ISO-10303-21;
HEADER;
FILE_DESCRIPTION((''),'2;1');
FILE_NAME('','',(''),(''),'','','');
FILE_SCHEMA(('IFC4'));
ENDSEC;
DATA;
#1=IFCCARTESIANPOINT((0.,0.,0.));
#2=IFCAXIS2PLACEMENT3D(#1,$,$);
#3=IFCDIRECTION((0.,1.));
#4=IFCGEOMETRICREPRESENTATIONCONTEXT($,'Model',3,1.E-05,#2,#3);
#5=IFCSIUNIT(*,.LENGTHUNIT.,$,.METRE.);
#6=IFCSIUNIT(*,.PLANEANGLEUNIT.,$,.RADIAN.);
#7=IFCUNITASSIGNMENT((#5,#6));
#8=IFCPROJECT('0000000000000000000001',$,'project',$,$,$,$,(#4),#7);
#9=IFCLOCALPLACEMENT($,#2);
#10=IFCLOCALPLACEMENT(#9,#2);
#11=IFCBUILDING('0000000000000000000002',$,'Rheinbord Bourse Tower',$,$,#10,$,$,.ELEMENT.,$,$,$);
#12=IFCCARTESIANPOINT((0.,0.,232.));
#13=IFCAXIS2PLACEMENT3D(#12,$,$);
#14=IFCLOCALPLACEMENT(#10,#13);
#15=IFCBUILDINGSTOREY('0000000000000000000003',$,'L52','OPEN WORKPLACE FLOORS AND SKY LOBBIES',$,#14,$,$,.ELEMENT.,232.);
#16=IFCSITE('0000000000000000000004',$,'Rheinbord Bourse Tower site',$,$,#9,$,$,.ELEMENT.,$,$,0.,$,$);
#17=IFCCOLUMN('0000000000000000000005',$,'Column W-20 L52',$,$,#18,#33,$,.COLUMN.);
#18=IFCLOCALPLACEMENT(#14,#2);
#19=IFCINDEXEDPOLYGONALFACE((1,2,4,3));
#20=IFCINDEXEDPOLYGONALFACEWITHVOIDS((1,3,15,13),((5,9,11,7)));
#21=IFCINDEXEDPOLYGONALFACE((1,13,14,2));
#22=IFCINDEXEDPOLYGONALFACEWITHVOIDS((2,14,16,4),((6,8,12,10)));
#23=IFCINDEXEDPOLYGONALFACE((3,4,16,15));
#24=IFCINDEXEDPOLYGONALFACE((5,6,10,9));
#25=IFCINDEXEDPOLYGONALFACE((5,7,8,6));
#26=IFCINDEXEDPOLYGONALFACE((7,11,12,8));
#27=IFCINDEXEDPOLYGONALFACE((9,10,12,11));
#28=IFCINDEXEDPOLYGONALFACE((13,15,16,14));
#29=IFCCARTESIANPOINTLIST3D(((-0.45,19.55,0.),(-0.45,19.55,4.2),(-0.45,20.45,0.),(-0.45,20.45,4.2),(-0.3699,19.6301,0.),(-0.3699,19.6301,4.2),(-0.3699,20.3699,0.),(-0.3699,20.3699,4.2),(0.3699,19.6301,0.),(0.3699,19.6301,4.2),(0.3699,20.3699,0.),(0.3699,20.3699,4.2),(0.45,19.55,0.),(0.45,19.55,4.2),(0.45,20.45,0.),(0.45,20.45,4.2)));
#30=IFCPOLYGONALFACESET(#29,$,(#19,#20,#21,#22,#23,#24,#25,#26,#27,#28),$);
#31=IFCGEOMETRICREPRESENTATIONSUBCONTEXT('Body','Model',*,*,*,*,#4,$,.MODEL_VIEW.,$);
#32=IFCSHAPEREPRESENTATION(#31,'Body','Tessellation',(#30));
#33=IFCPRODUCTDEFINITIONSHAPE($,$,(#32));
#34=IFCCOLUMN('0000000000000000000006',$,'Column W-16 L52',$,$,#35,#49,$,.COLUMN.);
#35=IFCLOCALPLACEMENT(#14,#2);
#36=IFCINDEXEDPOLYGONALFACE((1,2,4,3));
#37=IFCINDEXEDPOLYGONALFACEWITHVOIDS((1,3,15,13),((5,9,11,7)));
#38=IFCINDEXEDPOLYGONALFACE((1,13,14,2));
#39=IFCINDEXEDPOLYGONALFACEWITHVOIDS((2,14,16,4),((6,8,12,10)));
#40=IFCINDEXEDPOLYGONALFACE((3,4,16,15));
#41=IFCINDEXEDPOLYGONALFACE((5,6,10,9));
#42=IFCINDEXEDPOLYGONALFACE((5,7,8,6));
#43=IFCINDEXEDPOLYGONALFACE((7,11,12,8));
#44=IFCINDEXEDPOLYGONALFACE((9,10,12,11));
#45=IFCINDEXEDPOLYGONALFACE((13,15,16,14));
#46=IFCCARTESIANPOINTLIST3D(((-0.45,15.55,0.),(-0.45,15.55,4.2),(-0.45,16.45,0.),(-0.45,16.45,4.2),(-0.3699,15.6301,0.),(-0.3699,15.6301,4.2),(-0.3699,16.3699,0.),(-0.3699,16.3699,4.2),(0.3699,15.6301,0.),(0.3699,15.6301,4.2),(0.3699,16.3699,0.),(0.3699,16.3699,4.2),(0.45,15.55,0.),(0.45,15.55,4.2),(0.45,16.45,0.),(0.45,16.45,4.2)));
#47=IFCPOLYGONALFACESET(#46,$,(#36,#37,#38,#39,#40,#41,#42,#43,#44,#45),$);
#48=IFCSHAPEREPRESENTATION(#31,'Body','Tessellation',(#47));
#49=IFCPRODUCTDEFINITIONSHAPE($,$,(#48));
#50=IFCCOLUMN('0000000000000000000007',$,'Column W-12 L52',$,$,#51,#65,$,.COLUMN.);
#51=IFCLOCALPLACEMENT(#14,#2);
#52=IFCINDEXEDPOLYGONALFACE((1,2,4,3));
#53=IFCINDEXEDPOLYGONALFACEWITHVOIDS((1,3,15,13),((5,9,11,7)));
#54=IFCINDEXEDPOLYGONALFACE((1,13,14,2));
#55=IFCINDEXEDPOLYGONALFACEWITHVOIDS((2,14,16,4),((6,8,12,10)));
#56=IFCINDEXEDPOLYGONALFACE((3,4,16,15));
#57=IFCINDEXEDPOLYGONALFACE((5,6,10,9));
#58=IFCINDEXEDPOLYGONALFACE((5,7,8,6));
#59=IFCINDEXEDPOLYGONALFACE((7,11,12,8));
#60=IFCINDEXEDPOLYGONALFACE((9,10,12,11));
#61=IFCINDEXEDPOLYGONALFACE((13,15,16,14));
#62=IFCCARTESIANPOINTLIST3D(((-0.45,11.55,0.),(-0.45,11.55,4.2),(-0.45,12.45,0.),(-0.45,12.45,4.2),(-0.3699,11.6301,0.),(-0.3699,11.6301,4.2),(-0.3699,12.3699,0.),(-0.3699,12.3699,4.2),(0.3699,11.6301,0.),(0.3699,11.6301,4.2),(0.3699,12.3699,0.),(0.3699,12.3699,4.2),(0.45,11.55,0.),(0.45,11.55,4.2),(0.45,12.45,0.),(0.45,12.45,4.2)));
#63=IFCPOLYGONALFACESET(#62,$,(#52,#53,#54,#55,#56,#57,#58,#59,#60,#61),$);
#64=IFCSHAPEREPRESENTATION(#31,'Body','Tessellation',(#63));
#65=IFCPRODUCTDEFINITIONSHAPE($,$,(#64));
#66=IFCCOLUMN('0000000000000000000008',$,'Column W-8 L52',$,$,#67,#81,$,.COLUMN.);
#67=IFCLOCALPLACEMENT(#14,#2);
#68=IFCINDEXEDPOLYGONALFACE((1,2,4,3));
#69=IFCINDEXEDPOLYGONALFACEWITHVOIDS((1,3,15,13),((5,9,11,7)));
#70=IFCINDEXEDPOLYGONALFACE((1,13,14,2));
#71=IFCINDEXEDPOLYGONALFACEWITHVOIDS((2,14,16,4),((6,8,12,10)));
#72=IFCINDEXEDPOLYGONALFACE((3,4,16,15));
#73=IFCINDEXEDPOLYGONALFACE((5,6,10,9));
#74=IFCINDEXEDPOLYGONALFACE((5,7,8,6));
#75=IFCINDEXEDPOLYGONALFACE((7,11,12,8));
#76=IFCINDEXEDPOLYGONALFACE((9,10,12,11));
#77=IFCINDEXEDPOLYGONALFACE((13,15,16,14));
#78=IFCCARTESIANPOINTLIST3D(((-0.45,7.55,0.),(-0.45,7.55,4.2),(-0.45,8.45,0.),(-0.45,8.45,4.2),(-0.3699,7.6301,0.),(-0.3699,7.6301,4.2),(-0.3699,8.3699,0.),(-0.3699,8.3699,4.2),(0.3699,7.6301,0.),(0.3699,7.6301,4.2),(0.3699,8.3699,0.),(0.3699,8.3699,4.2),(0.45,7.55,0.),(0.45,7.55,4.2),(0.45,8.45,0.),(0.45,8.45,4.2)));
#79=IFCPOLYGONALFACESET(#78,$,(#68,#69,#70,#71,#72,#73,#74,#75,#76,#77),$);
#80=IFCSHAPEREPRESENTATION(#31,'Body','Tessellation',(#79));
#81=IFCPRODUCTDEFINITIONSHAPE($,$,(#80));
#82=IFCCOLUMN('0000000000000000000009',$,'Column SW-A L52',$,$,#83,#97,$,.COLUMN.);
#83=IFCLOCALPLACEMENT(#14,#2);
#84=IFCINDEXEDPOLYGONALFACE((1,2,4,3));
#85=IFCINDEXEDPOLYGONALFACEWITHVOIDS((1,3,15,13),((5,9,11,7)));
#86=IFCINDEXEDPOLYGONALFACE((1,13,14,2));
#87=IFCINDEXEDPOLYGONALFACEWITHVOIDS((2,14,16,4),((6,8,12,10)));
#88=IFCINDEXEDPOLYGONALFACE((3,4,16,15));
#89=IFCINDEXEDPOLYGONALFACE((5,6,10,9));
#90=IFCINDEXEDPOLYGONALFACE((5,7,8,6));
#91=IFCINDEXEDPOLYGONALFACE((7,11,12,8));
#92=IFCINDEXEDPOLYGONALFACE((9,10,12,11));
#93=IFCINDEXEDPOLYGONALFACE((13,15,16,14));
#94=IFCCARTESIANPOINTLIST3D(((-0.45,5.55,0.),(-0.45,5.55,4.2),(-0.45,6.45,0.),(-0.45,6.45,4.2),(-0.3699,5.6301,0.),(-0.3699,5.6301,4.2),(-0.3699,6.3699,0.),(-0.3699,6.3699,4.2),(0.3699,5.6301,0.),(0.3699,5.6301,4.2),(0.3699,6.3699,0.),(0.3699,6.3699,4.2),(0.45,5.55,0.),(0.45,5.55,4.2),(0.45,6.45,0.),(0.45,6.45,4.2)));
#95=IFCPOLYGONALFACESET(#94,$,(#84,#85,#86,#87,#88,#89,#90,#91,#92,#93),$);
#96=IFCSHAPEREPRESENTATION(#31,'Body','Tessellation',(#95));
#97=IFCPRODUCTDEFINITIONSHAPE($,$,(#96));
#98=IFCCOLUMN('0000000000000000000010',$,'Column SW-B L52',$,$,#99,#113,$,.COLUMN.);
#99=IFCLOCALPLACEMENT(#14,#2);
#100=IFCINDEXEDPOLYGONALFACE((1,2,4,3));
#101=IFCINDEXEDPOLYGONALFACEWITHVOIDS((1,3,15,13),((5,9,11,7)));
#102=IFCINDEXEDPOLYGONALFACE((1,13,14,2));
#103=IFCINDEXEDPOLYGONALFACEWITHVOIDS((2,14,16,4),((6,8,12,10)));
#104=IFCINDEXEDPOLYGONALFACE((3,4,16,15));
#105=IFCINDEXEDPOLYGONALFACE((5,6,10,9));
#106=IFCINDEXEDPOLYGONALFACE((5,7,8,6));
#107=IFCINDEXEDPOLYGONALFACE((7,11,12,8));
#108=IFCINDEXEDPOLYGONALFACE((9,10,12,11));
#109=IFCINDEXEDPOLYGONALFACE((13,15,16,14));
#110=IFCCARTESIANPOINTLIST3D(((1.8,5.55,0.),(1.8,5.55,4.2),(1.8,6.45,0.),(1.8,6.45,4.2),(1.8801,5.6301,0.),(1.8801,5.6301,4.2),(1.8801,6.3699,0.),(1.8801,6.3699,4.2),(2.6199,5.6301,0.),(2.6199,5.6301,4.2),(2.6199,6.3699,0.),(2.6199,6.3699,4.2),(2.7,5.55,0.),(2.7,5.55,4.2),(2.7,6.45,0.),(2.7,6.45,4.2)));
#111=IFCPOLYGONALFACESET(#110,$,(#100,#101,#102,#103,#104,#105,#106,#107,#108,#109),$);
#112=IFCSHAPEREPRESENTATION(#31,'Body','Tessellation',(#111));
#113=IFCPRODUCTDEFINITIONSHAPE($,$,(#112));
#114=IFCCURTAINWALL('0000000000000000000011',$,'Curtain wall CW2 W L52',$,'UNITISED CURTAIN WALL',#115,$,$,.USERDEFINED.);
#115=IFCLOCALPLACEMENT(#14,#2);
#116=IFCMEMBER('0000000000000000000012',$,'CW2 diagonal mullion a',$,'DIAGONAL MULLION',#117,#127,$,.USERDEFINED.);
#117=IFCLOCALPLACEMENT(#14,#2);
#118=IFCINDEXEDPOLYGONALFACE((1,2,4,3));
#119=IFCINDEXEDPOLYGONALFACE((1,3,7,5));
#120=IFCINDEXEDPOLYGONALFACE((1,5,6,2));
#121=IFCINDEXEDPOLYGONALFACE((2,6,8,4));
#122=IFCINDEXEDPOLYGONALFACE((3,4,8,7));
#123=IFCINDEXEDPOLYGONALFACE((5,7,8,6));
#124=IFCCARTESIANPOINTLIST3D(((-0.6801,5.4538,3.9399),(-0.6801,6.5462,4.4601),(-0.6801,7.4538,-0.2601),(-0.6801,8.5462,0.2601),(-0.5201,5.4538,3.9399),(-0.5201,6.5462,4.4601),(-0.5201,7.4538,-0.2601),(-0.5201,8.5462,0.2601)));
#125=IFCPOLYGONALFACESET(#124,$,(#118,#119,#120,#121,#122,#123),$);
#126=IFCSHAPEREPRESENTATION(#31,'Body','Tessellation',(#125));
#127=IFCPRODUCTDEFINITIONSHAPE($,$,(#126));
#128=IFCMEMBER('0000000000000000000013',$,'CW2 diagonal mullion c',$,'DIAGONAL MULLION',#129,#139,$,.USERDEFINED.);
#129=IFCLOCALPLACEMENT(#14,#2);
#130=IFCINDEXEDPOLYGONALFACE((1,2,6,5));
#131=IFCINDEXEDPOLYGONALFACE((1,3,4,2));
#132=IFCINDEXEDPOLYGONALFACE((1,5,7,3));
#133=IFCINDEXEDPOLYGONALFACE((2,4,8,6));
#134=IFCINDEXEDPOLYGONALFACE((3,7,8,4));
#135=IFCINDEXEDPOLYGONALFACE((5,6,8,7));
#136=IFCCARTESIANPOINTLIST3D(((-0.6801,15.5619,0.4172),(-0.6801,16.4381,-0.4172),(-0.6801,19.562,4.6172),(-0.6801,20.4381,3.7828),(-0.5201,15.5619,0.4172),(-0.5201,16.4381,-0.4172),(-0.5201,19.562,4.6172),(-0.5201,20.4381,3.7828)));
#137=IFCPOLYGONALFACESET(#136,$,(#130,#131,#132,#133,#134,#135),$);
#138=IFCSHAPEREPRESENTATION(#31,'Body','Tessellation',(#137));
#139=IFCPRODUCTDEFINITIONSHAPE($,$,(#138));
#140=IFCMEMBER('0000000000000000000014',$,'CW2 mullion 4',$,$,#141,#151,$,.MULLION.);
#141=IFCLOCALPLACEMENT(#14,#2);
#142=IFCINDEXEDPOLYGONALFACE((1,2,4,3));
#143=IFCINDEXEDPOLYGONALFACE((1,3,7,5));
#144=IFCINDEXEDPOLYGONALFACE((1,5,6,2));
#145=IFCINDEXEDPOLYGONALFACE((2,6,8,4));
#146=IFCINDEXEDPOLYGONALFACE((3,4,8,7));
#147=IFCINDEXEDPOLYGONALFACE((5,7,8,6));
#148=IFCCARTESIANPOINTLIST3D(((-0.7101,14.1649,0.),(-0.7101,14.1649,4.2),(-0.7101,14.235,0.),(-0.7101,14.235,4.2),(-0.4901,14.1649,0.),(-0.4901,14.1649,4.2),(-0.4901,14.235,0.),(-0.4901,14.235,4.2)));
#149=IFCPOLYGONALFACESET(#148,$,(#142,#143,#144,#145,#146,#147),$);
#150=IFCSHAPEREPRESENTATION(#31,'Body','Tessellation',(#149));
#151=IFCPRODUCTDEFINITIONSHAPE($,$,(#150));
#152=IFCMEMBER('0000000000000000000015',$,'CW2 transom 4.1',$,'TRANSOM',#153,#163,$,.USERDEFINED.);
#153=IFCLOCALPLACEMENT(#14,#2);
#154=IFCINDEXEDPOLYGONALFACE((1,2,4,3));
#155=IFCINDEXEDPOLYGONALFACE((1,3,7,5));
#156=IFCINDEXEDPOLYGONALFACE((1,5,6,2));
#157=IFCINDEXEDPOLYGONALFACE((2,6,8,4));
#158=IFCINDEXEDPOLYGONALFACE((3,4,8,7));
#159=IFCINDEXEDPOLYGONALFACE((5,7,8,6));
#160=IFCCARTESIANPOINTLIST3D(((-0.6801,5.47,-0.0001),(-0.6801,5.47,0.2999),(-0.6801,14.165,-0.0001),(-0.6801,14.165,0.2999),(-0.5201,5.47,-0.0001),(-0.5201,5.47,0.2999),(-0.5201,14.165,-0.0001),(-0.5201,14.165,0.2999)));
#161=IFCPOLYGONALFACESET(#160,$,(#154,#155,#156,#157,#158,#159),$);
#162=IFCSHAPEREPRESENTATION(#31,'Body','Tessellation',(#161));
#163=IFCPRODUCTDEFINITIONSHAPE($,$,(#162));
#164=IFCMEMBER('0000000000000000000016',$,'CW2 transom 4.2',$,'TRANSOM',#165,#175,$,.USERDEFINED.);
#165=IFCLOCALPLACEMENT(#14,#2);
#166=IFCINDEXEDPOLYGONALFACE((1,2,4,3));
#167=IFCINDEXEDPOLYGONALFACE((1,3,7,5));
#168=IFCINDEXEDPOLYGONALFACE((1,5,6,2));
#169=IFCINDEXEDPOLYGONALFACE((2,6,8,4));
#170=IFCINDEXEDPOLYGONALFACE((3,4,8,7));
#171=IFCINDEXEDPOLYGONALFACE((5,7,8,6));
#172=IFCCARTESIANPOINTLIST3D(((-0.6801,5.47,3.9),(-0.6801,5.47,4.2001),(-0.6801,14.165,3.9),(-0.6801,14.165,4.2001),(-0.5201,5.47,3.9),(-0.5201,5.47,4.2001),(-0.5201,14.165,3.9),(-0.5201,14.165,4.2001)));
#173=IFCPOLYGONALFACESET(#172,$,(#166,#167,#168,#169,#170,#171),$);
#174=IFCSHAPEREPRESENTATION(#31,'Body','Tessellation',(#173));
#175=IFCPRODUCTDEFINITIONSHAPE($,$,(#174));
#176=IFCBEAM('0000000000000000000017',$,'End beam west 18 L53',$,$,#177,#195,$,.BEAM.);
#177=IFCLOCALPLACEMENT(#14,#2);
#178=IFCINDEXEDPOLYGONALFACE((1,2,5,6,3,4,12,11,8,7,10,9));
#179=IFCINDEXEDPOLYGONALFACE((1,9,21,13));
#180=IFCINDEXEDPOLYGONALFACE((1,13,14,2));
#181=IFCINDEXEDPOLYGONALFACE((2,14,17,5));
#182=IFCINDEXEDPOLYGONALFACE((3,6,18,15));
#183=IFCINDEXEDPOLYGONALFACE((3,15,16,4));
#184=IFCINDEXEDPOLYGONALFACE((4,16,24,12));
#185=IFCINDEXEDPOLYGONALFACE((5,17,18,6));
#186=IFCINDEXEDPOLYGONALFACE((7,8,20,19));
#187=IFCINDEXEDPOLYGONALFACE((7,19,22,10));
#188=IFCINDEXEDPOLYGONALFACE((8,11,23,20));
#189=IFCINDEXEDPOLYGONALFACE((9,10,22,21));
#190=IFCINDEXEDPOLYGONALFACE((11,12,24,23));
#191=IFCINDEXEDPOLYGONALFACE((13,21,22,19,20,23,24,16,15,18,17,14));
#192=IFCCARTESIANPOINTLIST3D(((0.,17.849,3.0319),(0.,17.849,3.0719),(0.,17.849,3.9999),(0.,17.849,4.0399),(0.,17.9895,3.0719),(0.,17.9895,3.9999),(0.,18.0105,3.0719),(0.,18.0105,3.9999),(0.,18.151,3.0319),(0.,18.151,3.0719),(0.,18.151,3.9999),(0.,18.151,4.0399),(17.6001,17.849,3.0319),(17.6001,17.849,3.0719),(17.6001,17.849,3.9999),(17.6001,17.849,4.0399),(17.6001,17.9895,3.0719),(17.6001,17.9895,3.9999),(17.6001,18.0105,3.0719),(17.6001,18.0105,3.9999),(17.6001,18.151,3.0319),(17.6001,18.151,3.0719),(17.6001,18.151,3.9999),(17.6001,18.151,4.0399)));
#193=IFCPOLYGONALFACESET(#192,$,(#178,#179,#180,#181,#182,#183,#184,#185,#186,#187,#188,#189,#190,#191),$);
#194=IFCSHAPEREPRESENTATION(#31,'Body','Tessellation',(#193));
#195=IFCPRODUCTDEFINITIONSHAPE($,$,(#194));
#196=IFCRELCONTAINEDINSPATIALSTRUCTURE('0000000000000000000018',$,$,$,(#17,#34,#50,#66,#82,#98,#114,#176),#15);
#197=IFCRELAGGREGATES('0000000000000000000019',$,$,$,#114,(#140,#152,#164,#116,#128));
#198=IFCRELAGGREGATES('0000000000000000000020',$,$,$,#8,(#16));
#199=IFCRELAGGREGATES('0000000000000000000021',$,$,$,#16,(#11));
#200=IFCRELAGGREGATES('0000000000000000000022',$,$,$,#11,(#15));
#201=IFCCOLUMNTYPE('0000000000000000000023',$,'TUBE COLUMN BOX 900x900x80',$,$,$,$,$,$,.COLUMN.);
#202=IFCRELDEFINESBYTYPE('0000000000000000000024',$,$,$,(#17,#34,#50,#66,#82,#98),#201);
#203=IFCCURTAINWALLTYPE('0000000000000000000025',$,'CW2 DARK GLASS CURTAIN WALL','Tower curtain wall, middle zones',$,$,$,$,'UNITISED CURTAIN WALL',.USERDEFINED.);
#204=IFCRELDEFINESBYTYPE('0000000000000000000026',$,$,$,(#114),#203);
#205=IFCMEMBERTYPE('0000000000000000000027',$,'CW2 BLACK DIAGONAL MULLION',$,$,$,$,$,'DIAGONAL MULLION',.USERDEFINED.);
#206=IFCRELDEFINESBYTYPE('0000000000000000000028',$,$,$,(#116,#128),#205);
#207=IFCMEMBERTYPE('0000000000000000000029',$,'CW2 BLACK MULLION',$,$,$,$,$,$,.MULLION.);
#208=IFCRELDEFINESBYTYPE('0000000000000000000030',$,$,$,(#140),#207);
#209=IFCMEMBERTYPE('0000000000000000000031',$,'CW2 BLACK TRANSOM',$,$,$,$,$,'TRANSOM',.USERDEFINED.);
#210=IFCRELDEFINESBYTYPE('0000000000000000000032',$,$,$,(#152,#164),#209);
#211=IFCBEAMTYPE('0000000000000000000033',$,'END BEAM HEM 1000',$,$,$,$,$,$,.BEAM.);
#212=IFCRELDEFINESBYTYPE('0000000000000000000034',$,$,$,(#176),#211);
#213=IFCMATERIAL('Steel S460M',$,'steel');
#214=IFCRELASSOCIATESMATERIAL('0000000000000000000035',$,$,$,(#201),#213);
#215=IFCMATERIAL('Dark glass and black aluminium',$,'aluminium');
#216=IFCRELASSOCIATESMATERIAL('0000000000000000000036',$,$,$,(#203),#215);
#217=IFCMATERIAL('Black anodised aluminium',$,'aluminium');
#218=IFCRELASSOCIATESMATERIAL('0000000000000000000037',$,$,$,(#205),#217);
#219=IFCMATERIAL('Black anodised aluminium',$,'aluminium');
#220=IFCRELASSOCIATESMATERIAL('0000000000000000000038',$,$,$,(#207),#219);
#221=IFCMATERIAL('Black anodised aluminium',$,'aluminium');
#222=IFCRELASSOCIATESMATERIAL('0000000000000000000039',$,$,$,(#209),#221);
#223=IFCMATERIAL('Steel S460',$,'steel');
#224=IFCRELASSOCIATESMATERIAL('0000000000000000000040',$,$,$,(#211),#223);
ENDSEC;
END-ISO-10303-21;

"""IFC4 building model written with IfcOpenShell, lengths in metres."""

from ifc_helpers import new_model, si_unit, direction, frame, origin, origin_2d, place, context, subcontext, project, spatial, rectangle, hollow_rectangle, i_section, extrude, material, material_profile, profile_set, type_object, element, aggregate, save


model = new_model("IFC4")

# Units and contexts
model_context = context("Model", 3, precision=1e-05, world=origin(), true_north=direction((0.0, 1.0)))
body_context = subcontext(model_context, "Body", "Model", "MODEL_VIEW")
ifc_project = project(units=[si_unit("LENGTHUNIT", "METRE"), si_unit("PLANEANGLEUNIT", "RADIAN")], contexts=[model_context])

# Site, building, storey
site_placement = place(None, origin())
site = spatial("IfcSite", under=ifc_project, at=site_placement, Name="Rheinbord Bourse Tower site", CompositionType="ELEMENT", RefElevation=0.0)
building_placement = place(site_placement, origin())
building = spatial("IfcBuilding", under=site, at=building_placement, Name="Rheinbord Bourse Tower", CompositionType="ELEMENT")
storey_placement = place(building_placement, frame((0.0, 0.0, 232.0)))
storey = spatial("IfcBuildingStorey", under=building, at=storey_placement, Name="L52", Description="OPEN WORKPLACE FLOORS AND SKY LOBBIES", CompositionType="ELEMENT", Elevation=232.0)

# Columns
ifc_material_1 = material(Name="Steel S460M", Category="steel")
ifc_material_profile_1 = material_profile(ifc_material_1, hollow_rectangle(XDim=0.8999, YDim=0.8999, WallThickness=0.0801, at=origin_2d()), Name="BOX 900x900x80")
ifc_profile_set_1 = profile_set([ifc_material_profile_1], Name="Steel S460M")
column_type = type_object("IfcColumnType", Name="TUBE COLUMN BOX 900x900x80", PredefinedType="COLUMN", material=ifc_profile_set_1)
for number, where, z_axis, x_axis, name in (
    (1, (0.0, 20.0, 0.0), (0.0, 0.0, 1.0), (1.0, 0.0, 0.0), "Column W-20 L52"),
    (2, (0.0, 16.0, 0.0), (0.0, 0.0, 1.0), (1.0, 0.0, 0.0), "Column W-16 L52"),
    (3, (0.0, 12.0, 0.0), (0.0, 0.0, 1.0), (1.0, 0.0, 0.0), "Column W-12 L52"),
    (4, (0.0, 8.0, 0.0), (0.0, 0.0, 1.0), (1.0, 0.0, 0.0), "Column W-8 L52"),
    (5, (0.0, 6.0, 0.0), (0.0, 0.0, 1.0), (1.0, 0.0, 0.0), "Column SW-A L52"),
    (6, (2.25, 6.0, 0.0), (0.0, 0.0, 1.0), (1.0, 0.0, 0.0), "Column SW-B L52"),
):
    element("IfcColumn", number, at=place(storey_placement, frame(where, z_axis=z_axis, x_axis=x_axis)), inside=storey, type_object=column_type, Name=name, PredefinedType="COLUMN", context=body_context, shape_type="SweptSolid", body=[
        extrude(hollow_rectangle(XDim=0.8999, YDim=0.8999, WallThickness=0.0801, at=origin_2d()), origin(), (0.0, 0.0, 1.0), 4.2),
    ])

# Curtain wall, members
ifc_material_2 = material(Name="Dark glass and black aluminium", Category="aluminium")
curtain_wall_type = type_object("IfcCurtainWallType", Name="CW2 DARK GLASS CURTAIN WALL", Description="Tower curtain wall, middle zones", ElementType="UNITISED CURTAIN WALL", PredefinedType="USERDEFINED", material=ifc_material_2)
curtain_wall_placement = place(storey_placement, origin())
curtain_wall = element("IfcCurtainWall", 7, at=curtain_wall_placement, inside=storey, type_object=curtain_wall_type, Name="Curtain wall CW2 W L52", ObjectType="UNITISED CURTAIN WALL", PredefinedType="USERDEFINED")
ifc_material_3 = material(Name="Black anodised aluminium", Category="aluminium")
ifc_material_profile_2 = material_profile(ifc_material_3, rectangle(XDim=0.1599, YDim=1.21, at=origin_2d()), Name="CW2 DIAGONAL MULLION 1210x160")
ifc_profile_set_2 = profile_set([ifc_material_profile_2], Name="Black anodised aluminium")
member_type_1 = type_object("IfcMemberType", Name="CW2 BLACK DIAGONAL MULLION", ElementType="DIAGONAL MULLION", PredefinedType="USERDEFINED", material=ifc_profile_set_2)
member_1_placement = place(storey_placement, frame((-0.6001, 8.0, 0.0), z_axis=(0.0, -0.429938, 0.902859), x_axis=(1.0, 0.0, 0.0)))
member_1 = element("IfcMember", 8, at=member_1_placement, type_object=member_type_1, Name="CW2 diagonal mullion a", ObjectType="DIAGONAL MULLION", PredefinedType="USERDEFINED", context=body_context, shape_type="SweptSolid", body=[
    extrude(rectangle(XDim=0.1599, YDim=1.21, at=origin_2d()), origin(), (0.0, 0.0, 1.0), 4.6519),
])
member_2_placement = place(storey_placement, frame((-0.6001, 16.0, 0.0), z_axis=(0.0, 0.689659, 0.724134), x_axis=(-1.0, 0.0, 0.0)))
member_2 = element("IfcMember", 9, at=member_2_placement, type_object=member_type_1, Name="CW2 diagonal mullion c", ObjectType="DIAGONAL MULLION", PredefinedType="USERDEFINED", context=body_context, shape_type="SweptSolid", body=[
    extrude(rectangle(XDim=0.1599, YDim=1.21, at=origin_2d()), origin(), (0.0, 0.0, 1.0), 5.8),
])
ifc_material_4 = material(Name="Black anodised aluminium", Category="aluminium")
ifc_material_profile_3 = material_profile(ifc_material_4, rectangle(XDim=0.22, YDim=0.0701, at=origin_2d()), Name="CW2 MULLION 70x220")
ifc_profile_set_3 = profile_set([ifc_material_profile_3], Name="Black anodised aluminium")
member_type_2 = type_object("IfcMemberType", Name="CW2 BLACK MULLION", PredefinedType="MULLION", material=ifc_profile_set_3)
member_3_placement = place(storey_placement, frame((-0.6001, 14.2, 0.0), z_axis=(0.0, 0.0, 1.0), x_axis=(1.0, 0.0, 0.0)))
member_3 = element("IfcMember", 10, at=member_3_placement, type_object=member_type_2, Name="CW2 mullion 4", PredefinedType="MULLION", context=body_context, shape_type="SweptSolid", body=[
    extrude(rectangle(XDim=0.22, YDim=0.0701, at=origin_2d()), origin(), (0.0, 0.0, 1.0), 4.2),
])
ifc_material_5 = material(Name="Black anodised aluminium", Category="aluminium")
ifc_material_profile_4 = material_profile(ifc_material_5, rectangle(XDim=0.1599, YDim=0.3, at=origin_2d()), Name="CW2 TRANSOM 300x160")
ifc_profile_set_4 = profile_set([ifc_material_profile_4], Name="Black anodised aluminium")
member_type_3 = type_object("IfcMemberType", Name="CW2 BLACK TRANSOM", ElementType="TRANSOM", PredefinedType="USERDEFINED", material=ifc_profile_set_4)
member_4_placement = place(storey_placement, frame((-0.6001, 14.165, 0.1499), z_axis=(0.0, -1.0, 0.0), x_axis=(1.0, 0.0, 0.0)))
member_4 = element("IfcMember", 11, at=member_4_placement, type_object=member_type_3, Name="CW2 transom 4.1", ObjectType="TRANSOM", PredefinedType="USERDEFINED", context=body_context, shape_type="SweptSolid", body=[
    extrude(rectangle(XDim=0.1599, YDim=0.3, at=origin_2d()), origin(), (0.0, 0.0, 1.0), 8.6951),
])
member_5_placement = place(storey_placement, frame((-0.6001, 14.165, 4.05), z_axis=(0.0, -1.0, 0.0), x_axis=(1.0, 0.0, 0.0)))
member_5 = element("IfcMember", 12, at=member_5_placement, type_object=member_type_3, Name="CW2 transom 4.2", ObjectType="TRANSOM", PredefinedType="USERDEFINED", context=body_context, shape_type="SweptSolid", body=[
    extrude(rectangle(XDim=0.1599, YDim=0.3, at=origin_2d()), origin(), (0.0, 0.0, 1.0), 8.6951),
])

# Beam
ifc_material_6 = material(Name="Steel S460", Category="steel")
ifc_material_profile_5 = material_profile(ifc_material_6, i_section(OverallWidth=0.302, OverallDepth=1.0081, WebThickness=0.021, FlangeThickness=0.04, at=origin_2d()), Name="HEM 1000")
ifc_profile_set_5 = profile_set([ifc_material_profile_5], Name="Steel S460")
beam_type_1 = type_object("IfcBeamType", Name="END BEAM HEM 1000", PredefinedType="BEAM", material=ifc_profile_set_5)
for number, where, z_axis, x_axis, name in (
    (13, (0.0, 18.0, 3.5359), (1.0, 0.0, 0.0), (0.0, 1.0, 0.0), "End beam west 18 L53"),
):
    element("IfcBeam", number, at=place(storey_placement, frame(where, z_axis=z_axis, x_axis=x_axis)), inside=storey, type_object=beam_type_1, Name=name, PredefinedType="BEAM", context=body_context, shape_type="SweptSolid", body=[
        extrude(i_section(OverallWidth=0.302, OverallDepth=1.0081, WebThickness=0.021, FlangeThickness=0.04, at=origin_2d()), origin(), (0.0, 0.0, 1.0), 17.6001),
    ])

aggregate(curtain_wall, [member_3, member_4, member_5, member_1, member_2])

save(model, "model.ifc")
